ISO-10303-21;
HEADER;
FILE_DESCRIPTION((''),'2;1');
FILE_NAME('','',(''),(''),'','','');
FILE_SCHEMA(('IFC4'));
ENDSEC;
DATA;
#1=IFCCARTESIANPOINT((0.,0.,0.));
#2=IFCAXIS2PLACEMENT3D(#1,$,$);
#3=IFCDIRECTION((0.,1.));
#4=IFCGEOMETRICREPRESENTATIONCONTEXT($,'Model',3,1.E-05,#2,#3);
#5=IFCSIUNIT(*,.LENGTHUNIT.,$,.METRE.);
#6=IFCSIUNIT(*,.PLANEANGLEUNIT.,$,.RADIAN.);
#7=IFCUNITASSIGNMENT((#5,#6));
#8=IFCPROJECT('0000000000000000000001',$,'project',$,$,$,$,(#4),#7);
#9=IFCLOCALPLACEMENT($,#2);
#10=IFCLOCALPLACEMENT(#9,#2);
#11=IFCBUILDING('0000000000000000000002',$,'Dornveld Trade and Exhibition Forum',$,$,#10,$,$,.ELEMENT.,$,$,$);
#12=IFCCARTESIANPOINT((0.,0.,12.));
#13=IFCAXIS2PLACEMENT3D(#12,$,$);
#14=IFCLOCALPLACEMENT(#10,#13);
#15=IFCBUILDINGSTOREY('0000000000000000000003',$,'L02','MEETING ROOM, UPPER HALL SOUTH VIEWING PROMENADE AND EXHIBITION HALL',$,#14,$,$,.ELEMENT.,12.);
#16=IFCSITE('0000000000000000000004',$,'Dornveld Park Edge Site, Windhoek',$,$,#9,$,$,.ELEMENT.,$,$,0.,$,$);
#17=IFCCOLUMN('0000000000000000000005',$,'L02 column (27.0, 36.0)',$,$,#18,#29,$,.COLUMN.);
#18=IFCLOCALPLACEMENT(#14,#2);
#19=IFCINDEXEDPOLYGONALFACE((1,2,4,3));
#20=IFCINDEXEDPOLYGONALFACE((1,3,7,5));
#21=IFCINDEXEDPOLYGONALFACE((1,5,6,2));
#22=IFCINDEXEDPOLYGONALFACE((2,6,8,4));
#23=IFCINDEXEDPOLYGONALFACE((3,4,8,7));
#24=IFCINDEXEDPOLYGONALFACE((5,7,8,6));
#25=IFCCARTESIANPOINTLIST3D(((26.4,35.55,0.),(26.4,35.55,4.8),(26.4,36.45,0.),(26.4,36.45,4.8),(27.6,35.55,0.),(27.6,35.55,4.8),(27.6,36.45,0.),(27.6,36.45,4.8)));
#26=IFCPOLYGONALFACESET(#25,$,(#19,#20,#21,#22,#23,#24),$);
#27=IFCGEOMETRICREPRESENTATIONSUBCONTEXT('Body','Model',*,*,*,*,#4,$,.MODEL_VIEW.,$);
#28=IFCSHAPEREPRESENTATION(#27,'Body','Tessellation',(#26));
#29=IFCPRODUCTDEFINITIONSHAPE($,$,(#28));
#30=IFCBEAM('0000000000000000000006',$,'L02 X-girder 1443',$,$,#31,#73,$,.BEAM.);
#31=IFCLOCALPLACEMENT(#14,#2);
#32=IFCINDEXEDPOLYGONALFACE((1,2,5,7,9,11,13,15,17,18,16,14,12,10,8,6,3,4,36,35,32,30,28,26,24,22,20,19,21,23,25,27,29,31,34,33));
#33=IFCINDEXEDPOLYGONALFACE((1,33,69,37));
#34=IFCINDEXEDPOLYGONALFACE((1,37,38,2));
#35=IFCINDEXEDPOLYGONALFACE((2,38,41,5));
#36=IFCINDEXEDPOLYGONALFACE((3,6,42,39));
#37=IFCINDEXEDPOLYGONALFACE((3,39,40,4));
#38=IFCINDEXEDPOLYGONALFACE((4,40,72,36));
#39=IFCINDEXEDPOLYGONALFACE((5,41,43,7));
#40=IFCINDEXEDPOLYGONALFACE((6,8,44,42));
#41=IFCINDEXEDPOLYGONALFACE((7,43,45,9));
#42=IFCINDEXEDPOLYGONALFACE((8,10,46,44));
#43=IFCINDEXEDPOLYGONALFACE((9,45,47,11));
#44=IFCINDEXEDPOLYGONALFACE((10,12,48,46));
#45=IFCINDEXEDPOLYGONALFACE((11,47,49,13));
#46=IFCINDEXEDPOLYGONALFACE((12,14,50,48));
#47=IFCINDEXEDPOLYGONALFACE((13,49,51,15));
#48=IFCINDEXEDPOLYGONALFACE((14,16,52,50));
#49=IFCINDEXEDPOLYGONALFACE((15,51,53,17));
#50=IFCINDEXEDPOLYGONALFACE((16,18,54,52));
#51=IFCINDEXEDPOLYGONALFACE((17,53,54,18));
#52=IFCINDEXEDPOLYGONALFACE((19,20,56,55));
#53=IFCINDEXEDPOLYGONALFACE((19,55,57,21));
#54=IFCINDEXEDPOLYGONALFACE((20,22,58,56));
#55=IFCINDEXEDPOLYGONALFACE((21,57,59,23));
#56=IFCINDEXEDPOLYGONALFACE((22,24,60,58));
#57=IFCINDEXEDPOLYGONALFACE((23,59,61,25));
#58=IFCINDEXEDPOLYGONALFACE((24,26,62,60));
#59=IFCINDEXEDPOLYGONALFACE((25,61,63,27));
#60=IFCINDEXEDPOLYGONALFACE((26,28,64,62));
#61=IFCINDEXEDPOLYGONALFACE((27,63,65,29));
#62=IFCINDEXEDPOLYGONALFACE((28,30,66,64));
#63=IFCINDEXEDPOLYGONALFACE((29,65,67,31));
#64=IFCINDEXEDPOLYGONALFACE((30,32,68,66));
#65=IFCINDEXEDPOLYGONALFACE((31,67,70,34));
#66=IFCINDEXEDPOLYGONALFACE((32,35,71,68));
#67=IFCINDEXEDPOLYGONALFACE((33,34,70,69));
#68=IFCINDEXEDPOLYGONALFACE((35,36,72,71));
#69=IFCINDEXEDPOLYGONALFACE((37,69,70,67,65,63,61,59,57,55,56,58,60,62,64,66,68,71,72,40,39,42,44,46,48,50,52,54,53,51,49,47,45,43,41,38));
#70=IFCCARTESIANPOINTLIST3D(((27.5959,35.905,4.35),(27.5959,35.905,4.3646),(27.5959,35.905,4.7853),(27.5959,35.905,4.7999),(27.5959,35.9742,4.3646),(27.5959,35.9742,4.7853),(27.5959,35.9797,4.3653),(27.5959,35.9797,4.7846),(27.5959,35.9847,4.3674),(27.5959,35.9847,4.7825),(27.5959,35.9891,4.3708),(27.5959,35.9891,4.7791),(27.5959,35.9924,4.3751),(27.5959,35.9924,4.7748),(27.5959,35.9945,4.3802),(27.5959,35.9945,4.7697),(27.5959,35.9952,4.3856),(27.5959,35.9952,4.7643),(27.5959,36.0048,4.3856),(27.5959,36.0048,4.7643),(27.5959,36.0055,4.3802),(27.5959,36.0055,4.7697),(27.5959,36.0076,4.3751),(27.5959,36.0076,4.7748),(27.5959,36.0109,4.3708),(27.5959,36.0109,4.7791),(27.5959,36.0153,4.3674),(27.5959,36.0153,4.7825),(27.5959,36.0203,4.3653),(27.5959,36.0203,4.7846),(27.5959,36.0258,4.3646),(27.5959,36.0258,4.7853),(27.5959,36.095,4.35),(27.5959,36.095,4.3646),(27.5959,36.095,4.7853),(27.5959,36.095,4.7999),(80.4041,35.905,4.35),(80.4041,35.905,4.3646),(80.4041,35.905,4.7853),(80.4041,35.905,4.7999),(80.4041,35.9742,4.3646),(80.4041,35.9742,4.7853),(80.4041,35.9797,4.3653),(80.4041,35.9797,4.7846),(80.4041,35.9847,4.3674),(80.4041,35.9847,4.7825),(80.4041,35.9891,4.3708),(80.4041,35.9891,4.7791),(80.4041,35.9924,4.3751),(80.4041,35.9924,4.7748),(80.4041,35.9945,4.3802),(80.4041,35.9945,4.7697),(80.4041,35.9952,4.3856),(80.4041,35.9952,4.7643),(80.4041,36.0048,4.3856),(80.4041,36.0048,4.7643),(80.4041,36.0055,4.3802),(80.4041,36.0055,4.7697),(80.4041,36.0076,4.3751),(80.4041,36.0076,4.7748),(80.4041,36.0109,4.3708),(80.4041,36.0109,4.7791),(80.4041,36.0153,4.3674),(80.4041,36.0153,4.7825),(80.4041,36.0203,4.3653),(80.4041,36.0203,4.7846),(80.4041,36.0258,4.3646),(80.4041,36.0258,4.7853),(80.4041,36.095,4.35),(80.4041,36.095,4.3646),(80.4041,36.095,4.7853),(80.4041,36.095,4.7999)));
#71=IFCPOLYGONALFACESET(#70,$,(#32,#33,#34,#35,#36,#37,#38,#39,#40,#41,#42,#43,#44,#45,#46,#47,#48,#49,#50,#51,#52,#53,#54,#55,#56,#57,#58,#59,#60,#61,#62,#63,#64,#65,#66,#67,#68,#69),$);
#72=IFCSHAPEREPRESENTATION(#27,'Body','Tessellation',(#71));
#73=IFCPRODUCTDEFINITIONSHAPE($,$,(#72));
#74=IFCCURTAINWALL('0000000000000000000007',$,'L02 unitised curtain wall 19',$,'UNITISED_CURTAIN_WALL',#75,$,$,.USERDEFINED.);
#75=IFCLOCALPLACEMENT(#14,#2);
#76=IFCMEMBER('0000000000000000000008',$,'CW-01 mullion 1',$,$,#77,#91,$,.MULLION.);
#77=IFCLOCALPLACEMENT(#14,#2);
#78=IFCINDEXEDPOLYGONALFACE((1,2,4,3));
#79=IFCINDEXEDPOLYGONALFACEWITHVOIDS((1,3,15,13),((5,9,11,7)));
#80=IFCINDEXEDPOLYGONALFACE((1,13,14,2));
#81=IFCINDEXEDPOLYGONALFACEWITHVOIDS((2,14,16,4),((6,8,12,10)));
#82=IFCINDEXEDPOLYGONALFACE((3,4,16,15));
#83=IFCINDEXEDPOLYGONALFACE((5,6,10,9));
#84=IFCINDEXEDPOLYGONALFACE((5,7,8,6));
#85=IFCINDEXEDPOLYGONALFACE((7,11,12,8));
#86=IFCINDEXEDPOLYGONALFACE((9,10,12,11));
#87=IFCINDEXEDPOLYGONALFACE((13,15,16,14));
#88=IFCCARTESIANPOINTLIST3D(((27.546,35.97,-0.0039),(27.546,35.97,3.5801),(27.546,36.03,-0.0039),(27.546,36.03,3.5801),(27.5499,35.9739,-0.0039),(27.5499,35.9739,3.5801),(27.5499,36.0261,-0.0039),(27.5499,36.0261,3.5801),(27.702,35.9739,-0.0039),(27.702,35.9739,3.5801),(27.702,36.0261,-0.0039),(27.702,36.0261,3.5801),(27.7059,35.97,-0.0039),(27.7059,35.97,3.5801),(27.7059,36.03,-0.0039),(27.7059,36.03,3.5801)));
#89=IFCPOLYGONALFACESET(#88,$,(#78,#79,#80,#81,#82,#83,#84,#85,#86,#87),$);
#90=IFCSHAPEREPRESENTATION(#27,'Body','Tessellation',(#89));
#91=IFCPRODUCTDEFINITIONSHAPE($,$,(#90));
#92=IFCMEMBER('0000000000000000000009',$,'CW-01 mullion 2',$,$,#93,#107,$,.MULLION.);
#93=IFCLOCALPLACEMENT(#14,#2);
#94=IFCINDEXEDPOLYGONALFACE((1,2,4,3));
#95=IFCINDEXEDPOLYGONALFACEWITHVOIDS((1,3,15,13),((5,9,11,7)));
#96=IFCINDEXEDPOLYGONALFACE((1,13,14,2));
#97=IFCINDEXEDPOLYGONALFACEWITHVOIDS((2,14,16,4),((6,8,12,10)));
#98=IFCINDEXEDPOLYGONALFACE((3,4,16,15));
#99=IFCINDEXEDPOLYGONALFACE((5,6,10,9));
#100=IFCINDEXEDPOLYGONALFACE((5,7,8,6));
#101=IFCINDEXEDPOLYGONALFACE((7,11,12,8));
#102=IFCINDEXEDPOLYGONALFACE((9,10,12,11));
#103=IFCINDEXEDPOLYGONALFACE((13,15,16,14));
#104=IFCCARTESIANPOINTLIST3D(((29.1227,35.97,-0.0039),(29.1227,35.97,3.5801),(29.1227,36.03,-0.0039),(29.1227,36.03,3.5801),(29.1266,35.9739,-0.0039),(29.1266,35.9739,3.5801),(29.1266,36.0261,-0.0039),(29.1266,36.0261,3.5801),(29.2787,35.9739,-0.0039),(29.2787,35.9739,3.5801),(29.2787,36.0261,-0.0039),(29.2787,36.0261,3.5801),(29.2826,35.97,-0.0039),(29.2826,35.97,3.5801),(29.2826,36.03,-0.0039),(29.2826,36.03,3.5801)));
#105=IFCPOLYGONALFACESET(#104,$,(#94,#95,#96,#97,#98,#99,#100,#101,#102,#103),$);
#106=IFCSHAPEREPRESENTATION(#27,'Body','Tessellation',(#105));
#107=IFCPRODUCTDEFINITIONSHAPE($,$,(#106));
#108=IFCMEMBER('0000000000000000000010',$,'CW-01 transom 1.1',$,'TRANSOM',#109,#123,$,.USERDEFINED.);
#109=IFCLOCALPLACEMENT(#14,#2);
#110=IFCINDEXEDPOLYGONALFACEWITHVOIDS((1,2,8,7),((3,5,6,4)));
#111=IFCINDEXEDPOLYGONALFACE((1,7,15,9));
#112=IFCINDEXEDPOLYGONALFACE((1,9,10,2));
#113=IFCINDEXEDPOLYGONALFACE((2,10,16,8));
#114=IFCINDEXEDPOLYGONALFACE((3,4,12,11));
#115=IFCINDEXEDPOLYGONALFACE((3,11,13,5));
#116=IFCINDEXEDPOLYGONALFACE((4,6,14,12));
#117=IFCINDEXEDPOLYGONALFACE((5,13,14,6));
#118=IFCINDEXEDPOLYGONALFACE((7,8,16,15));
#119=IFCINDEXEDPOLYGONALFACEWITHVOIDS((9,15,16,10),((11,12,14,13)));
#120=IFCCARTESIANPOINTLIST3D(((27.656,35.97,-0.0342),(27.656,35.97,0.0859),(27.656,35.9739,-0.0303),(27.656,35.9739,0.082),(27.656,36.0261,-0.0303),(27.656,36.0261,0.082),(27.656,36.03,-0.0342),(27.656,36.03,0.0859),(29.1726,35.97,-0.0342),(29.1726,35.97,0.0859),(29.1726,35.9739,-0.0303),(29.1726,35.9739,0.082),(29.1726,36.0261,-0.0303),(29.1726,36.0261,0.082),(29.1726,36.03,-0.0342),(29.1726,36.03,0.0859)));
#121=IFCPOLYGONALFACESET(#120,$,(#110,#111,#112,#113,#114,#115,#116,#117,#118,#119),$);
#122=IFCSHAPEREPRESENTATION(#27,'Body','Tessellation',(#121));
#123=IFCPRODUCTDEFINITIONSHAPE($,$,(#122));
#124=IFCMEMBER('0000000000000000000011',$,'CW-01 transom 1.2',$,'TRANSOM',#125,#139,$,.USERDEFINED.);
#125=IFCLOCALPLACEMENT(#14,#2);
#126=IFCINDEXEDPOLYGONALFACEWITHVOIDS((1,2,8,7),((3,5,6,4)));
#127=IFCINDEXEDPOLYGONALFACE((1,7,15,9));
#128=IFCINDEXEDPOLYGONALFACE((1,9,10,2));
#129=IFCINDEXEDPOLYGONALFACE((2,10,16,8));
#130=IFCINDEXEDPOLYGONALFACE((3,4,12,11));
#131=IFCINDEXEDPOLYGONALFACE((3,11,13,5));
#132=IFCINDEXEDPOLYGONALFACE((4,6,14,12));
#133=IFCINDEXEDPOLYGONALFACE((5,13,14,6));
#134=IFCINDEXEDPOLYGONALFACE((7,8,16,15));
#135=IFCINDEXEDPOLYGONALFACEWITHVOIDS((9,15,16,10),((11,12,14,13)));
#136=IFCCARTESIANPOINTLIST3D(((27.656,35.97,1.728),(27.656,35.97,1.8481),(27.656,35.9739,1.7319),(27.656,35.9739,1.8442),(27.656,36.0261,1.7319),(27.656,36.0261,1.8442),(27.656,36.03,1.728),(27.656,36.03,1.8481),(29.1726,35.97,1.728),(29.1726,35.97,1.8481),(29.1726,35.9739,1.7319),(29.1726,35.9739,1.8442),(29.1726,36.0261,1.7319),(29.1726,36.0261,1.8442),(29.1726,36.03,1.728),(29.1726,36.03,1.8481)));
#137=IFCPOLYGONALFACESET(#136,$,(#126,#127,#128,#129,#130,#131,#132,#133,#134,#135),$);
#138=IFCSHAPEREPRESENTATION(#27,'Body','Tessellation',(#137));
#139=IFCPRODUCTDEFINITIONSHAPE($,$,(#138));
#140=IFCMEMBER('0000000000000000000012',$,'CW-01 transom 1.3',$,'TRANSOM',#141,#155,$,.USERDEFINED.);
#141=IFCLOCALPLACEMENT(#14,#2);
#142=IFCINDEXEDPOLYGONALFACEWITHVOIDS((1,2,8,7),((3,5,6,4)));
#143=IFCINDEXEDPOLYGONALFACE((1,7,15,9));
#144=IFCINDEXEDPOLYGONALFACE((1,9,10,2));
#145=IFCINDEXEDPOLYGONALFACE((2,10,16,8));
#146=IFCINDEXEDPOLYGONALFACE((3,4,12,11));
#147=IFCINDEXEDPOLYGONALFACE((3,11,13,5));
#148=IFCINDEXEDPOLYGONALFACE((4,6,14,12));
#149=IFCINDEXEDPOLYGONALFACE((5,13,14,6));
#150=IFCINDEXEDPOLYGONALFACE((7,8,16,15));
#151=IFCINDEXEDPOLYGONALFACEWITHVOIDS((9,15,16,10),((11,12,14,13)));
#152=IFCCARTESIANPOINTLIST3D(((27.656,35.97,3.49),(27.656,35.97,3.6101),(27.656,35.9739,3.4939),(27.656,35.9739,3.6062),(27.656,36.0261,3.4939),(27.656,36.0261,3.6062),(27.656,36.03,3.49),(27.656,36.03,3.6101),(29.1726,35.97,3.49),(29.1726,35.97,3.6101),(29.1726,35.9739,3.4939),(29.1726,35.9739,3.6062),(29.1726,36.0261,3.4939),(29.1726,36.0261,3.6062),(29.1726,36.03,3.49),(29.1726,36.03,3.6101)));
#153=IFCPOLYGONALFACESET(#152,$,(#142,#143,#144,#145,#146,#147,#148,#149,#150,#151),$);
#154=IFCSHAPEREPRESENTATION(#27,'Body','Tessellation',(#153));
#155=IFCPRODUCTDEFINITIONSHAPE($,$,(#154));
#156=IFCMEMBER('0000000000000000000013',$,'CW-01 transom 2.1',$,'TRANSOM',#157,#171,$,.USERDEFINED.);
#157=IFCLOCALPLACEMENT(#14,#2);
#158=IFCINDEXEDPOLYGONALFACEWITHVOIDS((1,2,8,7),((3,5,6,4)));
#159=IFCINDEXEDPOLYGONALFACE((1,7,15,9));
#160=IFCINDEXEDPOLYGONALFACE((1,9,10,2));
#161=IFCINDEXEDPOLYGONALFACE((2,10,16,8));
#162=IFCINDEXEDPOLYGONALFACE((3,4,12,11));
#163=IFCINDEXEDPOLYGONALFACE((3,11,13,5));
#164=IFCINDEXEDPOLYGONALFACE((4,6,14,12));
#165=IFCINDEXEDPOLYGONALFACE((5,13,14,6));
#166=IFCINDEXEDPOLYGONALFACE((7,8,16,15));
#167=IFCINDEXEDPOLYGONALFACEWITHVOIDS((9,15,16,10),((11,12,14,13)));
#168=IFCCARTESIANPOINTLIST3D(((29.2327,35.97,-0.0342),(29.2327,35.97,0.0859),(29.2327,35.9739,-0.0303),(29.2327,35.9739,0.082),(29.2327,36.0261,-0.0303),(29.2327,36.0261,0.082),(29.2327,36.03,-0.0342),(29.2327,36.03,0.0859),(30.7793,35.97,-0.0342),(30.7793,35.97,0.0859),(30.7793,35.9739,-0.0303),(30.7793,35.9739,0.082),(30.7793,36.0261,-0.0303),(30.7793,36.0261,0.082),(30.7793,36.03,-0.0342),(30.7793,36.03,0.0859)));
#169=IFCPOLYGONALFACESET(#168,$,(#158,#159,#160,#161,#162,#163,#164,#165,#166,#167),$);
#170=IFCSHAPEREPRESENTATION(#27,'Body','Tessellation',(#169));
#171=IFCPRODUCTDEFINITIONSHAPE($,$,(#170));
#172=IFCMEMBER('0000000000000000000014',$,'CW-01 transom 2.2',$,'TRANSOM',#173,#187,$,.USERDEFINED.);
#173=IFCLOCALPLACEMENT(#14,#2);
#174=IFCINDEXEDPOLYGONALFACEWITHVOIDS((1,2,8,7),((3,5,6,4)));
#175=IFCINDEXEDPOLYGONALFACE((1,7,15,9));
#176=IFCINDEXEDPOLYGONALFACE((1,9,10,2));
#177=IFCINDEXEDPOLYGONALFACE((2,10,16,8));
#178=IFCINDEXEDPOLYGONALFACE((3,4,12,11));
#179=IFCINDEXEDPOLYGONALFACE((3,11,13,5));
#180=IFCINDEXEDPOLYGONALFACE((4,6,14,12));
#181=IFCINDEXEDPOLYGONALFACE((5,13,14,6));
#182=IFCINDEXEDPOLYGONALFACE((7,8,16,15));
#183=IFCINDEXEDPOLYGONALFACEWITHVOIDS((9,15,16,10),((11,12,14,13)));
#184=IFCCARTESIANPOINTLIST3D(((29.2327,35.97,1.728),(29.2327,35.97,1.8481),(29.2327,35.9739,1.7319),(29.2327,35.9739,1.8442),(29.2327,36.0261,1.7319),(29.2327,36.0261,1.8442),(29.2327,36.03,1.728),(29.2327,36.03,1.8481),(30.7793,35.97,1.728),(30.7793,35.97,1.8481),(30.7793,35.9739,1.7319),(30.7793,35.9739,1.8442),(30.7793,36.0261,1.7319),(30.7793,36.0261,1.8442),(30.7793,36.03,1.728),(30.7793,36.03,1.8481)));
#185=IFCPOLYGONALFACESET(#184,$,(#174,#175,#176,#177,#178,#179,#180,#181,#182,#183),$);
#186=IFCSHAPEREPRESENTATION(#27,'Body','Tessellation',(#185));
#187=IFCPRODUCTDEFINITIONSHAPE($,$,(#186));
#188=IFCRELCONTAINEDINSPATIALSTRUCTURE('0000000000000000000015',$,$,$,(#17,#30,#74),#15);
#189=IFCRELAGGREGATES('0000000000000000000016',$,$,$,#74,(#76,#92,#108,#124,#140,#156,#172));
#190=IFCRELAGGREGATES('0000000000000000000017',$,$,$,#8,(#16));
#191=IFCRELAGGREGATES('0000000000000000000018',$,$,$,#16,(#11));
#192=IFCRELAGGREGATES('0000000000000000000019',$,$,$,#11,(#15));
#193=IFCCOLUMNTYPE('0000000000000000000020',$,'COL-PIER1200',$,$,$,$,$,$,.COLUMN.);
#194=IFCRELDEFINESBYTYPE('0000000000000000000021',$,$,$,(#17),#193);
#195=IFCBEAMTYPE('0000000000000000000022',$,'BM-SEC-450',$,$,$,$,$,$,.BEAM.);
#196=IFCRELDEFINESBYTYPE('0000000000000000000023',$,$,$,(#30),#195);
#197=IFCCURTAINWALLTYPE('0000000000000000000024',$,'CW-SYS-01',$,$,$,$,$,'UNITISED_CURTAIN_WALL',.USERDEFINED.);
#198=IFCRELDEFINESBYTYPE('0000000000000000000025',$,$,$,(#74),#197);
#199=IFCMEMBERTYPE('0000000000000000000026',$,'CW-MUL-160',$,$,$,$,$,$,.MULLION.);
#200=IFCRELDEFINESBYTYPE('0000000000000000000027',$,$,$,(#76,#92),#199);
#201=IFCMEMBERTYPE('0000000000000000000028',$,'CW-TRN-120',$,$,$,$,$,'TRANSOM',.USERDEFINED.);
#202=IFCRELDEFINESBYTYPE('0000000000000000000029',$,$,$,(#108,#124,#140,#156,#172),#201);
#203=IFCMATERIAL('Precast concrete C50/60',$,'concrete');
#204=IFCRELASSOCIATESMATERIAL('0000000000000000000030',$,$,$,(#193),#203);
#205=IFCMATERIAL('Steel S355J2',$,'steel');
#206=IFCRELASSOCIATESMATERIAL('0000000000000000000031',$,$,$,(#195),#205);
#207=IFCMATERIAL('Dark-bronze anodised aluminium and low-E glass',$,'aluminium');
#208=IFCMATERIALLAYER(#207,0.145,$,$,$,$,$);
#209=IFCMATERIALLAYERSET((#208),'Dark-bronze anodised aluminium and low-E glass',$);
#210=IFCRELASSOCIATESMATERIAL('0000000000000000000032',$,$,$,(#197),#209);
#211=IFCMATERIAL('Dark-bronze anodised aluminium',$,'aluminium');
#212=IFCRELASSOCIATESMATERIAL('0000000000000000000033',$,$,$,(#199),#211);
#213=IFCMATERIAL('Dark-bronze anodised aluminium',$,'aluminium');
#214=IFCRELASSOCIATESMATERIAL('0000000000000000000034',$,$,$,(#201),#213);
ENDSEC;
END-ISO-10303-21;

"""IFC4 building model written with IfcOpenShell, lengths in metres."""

from ifc_helpers import new_model, si_unit, direction, frame, origin, origin_2d, place, context, subcontext, project, spatial, rectangle, hollow_rectangle, i_section, extrude, material, layer, layer_set, material_profile, profile_set, type_object, element, aggregate, save


model = new_model("IFC4")

# Units and contexts
model_context = context("Model", 3, precision=1e-05, world=origin(), true_north=direction((0.0, 1.0)))
body_context = subcontext(model_context, "Body", "Model", "MODEL_VIEW")
ifc_project = project(units=[si_unit("LENGTHUNIT", "METRE"), si_unit("PLANEANGLEUNIT", "RADIAN")], contexts=[model_context])

# Site, building, storey
site_placement = place(None, origin())
site = spatial("IfcSite", under=ifc_project, at=site_placement, Name="Dornveld Park Edge Site, Windhoek", CompositionType="ELEMENT", RefElevation=0.0)
building_placement = place(site_placement, origin())
building = spatial("IfcBuilding", under=site, at=building_placement, Name="Dornveld Trade and Exhibition Forum", CompositionType="ELEMENT")
storey_placement = place(building_placement, frame((0.0, 0.0, 12.0)))
storey = spatial("IfcBuildingStorey", under=building, at=storey_placement, Name="L02", Description="MEETING ROOM, UPPER HALL SOUTH VIEWING PROMENADE AND EXHIBITION HALL", CompositionType="ELEMENT", Elevation=12.0)

# Column
ifc_material_1 = material(Name="Precast concrete C50/60", Category="concrete")
ifc_material_profile_1 = material_profile(ifc_material_1, rectangle(XDim=1.2, YDim=0.8999, at=origin_2d()), Name="PC-PIER 1200x900")
ifc_profile_set_1 = profile_set([ifc_material_profile_1], Name="Precast concrete C50/60")
column_type = type_object("IfcColumnType", Name="COL-PIER1200", PredefinedType="COLUMN", material=ifc_profile_set_1)
column_placement = place(storey_placement, frame((27.0, 36.0, 0.0), z_axis=(0.0, 0.0, 1.0), x_axis=(1.0, 0.0, 0.0)))
element("IfcColumn", 1, at=column_placement, inside=storey, type_object=column_type, Name="L02 column (27.0, 36.0)", PredefinedType="COLUMN", context=body_context, shape_type="SweptSolid", body=[
    extrude(rectangle(XDim=1.2, YDim=0.8999, at=origin_2d()), origin(), (0.0, 0.0, 1.0), 4.8),
])

# Beam
ifc_material_2 = material(Name="Steel S355J2", Category="steel")
ifc_material_profile_2 = material_profile(ifc_material_2, i_section(OverallWidth=0.1899, OverallDepth=0.45, WebThickness=0.0095, FlangeThickness=0.0146, FilletRadius=0.021, at=origin_2d()), Name="IPE 450")
ifc_profile_set_2 = profile_set([ifc_material_profile_2], Name="Steel S355J2")
beam_type = type_object("IfcBeamType", Name="BM-SEC-450", PredefinedType="BEAM", material=ifc_profile_set_2)
beam_placement = place(storey_placement, frame((27.5959, 36.0, 4.575), z_axis=(1.0, 0.0, 0.0), x_axis=(0.0, 1.0, 0.0)))
element("IfcBeam", 2, at=beam_placement, inside=storey, type_object=beam_type, Name="L02 X-girder 1443", PredefinedType="BEAM", context=body_context, shape_type="SweptSolid", body=[
    extrude(i_section(OverallWidth=0.1899, OverallDepth=0.45, WebThickness=0.0095, FlangeThickness=0.0146, FilletRadius=0.021, at=origin_2d()), origin(), (0.0, 0.0, 1.0), 52.8081),
])

# Curtain wall, members
ifc_material_3 = material(Name="Dark-bronze anodised aluminium and low-E glass", Category="aluminium")
ifc_layer_1 = layer(ifc_material_3, 0.145)
ifc_layer_set_1 = layer_set([ifc_layer_1], Name="Dark-bronze anodised aluminium and low-E glass")
curtain_wall_type = type_object("IfcCurtainWallType", Name="CW-SYS-01", ElementType="UNITISED_CURTAIN_WALL", PredefinedType="USERDEFINED", material=ifc_layer_set_1)
curtain_wall_placement = place(storey_placement, origin())
curtain_wall = element("IfcCurtainWall", 3, at=curtain_wall_placement, inside=storey, type_object=curtain_wall_type, Name="L02 unitised curtain wall 19", ObjectType="UNITISED_CURTAIN_WALL", PredefinedType="USERDEFINED")
ifc_material_4 = material(Name="Dark-bronze anodised aluminium", Category="aluminium")
ifc_material_profile_3 = material_profile(ifc_material_4, hollow_rectangle(XDim=0.0601, YDim=0.1599, WallThickness=0.0039, at=origin_2d()), Name="RHS 160x60x4")
ifc_profile_set_3 = profile_set([ifc_material_profile_3], Name="Dark-bronze anodised aluminium")
member_type_1 = type_object("IfcMemberType", Name="CW-MUL-160", PredefinedType="MULLION", material=ifc_profile_set_3)
member_1_placement = place(storey_placement, frame((27.626, 36.0, -0.0039), z_axis=(0.0, 0.0, 1.0), x_axis=(0.0, 1.0, 0.0)))
member_1 = element("IfcMember", 4, at=member_1_placement, type_object=member_type_1, Name="CW-01 mullion 1", PredefinedType="MULLION", context=body_context, shape_type="SweptSolid", body=[
    extrude(hollow_rectangle(XDim=0.0601, YDim=0.1599, WallThickness=0.0039, at=origin_2d()), origin(), (0.0, 0.0, 1.0), 3.584),
])
member_2_placement = place(storey_placement, frame((29.2026, 36.0, -0.0039), z_axis=(0.0, 0.0, 1.0), x_axis=(0.0, 1.0, 0.0)))
member_2 = element("IfcMember", 5, at=member_2_placement, type_object=member_type_1, Name="CW-01 mullion 2", PredefinedType="MULLION", context=body_context, shape_type="SweptSolid", body=[
    extrude(hollow_rectangle(XDim=0.0601, YDim=0.1599, WallThickness=0.0039, at=origin_2d()), origin(), (0.0, 0.0, 1.0), 3.584),
])
ifc_material_5 = material(Name="Dark-bronze anodised aluminium", Category="aluminium")
ifc_material_profile_4 = material_profile(ifc_material_5, hollow_rectangle(XDim=0.0601, YDim=0.1201, WallThickness=0.0039, at=origin_2d()), Name="RHS 120x60x4")
ifc_profile_set_4 = profile_set([ifc_material_profile_4], Name="Dark-bronze anodised aluminium")
member_type_2 = type_object("IfcMemberType", Name="CW-TRN-120", ElementType="TRANSOM", PredefinedType="USERDEFINED", material=ifc_profile_set_4)
member_3_placement = place(storey_placement, frame((27.656, 36.0, 0.0259), z_axis=(1.0, 0.0, 0.0), x_axis=(0.0, 1.0, 0.0)))
member_3 = element("IfcMember", 6, at=member_3_placement, type_object=member_type_2, Name="CW-01 transom 1.1", ObjectType="TRANSOM", PredefinedType="USERDEFINED", context=body_context, shape_type="SweptSolid", body=[
    extrude(hollow_rectangle(XDim=0.0601, YDim=0.1201, WallThickness=0.0039, at=origin_2d()), origin(), (0.0, 0.0, 1.0), 1.5166),
])
member_4_placement = place(storey_placement, frame((27.656, 36.0, 1.7881), z_axis=(1.0, 0.0, 0.0), x_axis=(0.0, 1.0, 0.0)))
member_4 = element("IfcMember", 7, at=member_4_placement, type_object=member_type_2, Name="CW-01 transom 1.2", ObjectType="TRANSOM", PredefinedType="USERDEFINED", context=body_context, shape_type="SweptSolid", body=[
    extrude(hollow_rectangle(XDim=0.0601, YDim=0.1201, WallThickness=0.0039, at=origin_2d()), origin(), (0.0, 0.0, 1.0), 1.5166),
])
member_5_placement = place(storey_placement, frame((27.656, 36.0, 3.55), z_axis=(1.0, 0.0, 0.0), x_axis=(0.0, 1.0, 0.0)))
member_5 = element("IfcMember", 8, at=member_5_placement, type_object=member_type_2, Name="CW-01 transom 1.3", ObjectType="TRANSOM", PredefinedType="USERDEFINED", context=body_context, shape_type="SweptSolid", body=[
    extrude(hollow_rectangle(XDim=0.0601, YDim=0.1201, WallThickness=0.0039, at=origin_2d()), origin(), (0.0, 0.0, 1.0), 1.5166),
])
member_6_placement = place(storey_placement, frame((29.2327, 36.0, 0.0259), z_axis=(1.0, 0.0, 0.0), x_axis=(0.0, 1.0, 0.0)))
member_6 = element("IfcMember", 9, at=member_6_placement, type_object=member_type_2, Name="CW-01 transom 2.1", ObjectType="TRANSOM", PredefinedType="USERDEFINED", context=body_context, shape_type="SweptSolid", body=[
    extrude(hollow_rectangle(XDim=0.0601, YDim=0.1201, WallThickness=0.0039, at=origin_2d()), origin(), (0.0, 0.0, 1.0), 1.5466),
])
member_7_placement = place(storey_placement, frame((29.2327, 36.0, 1.7881), z_axis=(1.0, 0.0, 0.0), x_axis=(0.0, 1.0, 0.0)))
member_7 = element("IfcMember", 10, at=member_7_placement, type_object=member_type_2, Name="CW-01 transom 2.2", ObjectType="TRANSOM", PredefinedType="USERDEFINED", context=body_context, shape_type="SweptSolid", body=[
    extrude(hollow_rectangle(XDim=0.0601, YDim=0.1201, WallThickness=0.0039, at=origin_2d()), origin(), (0.0, 0.0, 1.0), 1.5466),
])

aggregate(curtain_wall, [member_1, member_2, member_3, member_4, member_5, member_6, member_7])

save(model, "model.ifc")
